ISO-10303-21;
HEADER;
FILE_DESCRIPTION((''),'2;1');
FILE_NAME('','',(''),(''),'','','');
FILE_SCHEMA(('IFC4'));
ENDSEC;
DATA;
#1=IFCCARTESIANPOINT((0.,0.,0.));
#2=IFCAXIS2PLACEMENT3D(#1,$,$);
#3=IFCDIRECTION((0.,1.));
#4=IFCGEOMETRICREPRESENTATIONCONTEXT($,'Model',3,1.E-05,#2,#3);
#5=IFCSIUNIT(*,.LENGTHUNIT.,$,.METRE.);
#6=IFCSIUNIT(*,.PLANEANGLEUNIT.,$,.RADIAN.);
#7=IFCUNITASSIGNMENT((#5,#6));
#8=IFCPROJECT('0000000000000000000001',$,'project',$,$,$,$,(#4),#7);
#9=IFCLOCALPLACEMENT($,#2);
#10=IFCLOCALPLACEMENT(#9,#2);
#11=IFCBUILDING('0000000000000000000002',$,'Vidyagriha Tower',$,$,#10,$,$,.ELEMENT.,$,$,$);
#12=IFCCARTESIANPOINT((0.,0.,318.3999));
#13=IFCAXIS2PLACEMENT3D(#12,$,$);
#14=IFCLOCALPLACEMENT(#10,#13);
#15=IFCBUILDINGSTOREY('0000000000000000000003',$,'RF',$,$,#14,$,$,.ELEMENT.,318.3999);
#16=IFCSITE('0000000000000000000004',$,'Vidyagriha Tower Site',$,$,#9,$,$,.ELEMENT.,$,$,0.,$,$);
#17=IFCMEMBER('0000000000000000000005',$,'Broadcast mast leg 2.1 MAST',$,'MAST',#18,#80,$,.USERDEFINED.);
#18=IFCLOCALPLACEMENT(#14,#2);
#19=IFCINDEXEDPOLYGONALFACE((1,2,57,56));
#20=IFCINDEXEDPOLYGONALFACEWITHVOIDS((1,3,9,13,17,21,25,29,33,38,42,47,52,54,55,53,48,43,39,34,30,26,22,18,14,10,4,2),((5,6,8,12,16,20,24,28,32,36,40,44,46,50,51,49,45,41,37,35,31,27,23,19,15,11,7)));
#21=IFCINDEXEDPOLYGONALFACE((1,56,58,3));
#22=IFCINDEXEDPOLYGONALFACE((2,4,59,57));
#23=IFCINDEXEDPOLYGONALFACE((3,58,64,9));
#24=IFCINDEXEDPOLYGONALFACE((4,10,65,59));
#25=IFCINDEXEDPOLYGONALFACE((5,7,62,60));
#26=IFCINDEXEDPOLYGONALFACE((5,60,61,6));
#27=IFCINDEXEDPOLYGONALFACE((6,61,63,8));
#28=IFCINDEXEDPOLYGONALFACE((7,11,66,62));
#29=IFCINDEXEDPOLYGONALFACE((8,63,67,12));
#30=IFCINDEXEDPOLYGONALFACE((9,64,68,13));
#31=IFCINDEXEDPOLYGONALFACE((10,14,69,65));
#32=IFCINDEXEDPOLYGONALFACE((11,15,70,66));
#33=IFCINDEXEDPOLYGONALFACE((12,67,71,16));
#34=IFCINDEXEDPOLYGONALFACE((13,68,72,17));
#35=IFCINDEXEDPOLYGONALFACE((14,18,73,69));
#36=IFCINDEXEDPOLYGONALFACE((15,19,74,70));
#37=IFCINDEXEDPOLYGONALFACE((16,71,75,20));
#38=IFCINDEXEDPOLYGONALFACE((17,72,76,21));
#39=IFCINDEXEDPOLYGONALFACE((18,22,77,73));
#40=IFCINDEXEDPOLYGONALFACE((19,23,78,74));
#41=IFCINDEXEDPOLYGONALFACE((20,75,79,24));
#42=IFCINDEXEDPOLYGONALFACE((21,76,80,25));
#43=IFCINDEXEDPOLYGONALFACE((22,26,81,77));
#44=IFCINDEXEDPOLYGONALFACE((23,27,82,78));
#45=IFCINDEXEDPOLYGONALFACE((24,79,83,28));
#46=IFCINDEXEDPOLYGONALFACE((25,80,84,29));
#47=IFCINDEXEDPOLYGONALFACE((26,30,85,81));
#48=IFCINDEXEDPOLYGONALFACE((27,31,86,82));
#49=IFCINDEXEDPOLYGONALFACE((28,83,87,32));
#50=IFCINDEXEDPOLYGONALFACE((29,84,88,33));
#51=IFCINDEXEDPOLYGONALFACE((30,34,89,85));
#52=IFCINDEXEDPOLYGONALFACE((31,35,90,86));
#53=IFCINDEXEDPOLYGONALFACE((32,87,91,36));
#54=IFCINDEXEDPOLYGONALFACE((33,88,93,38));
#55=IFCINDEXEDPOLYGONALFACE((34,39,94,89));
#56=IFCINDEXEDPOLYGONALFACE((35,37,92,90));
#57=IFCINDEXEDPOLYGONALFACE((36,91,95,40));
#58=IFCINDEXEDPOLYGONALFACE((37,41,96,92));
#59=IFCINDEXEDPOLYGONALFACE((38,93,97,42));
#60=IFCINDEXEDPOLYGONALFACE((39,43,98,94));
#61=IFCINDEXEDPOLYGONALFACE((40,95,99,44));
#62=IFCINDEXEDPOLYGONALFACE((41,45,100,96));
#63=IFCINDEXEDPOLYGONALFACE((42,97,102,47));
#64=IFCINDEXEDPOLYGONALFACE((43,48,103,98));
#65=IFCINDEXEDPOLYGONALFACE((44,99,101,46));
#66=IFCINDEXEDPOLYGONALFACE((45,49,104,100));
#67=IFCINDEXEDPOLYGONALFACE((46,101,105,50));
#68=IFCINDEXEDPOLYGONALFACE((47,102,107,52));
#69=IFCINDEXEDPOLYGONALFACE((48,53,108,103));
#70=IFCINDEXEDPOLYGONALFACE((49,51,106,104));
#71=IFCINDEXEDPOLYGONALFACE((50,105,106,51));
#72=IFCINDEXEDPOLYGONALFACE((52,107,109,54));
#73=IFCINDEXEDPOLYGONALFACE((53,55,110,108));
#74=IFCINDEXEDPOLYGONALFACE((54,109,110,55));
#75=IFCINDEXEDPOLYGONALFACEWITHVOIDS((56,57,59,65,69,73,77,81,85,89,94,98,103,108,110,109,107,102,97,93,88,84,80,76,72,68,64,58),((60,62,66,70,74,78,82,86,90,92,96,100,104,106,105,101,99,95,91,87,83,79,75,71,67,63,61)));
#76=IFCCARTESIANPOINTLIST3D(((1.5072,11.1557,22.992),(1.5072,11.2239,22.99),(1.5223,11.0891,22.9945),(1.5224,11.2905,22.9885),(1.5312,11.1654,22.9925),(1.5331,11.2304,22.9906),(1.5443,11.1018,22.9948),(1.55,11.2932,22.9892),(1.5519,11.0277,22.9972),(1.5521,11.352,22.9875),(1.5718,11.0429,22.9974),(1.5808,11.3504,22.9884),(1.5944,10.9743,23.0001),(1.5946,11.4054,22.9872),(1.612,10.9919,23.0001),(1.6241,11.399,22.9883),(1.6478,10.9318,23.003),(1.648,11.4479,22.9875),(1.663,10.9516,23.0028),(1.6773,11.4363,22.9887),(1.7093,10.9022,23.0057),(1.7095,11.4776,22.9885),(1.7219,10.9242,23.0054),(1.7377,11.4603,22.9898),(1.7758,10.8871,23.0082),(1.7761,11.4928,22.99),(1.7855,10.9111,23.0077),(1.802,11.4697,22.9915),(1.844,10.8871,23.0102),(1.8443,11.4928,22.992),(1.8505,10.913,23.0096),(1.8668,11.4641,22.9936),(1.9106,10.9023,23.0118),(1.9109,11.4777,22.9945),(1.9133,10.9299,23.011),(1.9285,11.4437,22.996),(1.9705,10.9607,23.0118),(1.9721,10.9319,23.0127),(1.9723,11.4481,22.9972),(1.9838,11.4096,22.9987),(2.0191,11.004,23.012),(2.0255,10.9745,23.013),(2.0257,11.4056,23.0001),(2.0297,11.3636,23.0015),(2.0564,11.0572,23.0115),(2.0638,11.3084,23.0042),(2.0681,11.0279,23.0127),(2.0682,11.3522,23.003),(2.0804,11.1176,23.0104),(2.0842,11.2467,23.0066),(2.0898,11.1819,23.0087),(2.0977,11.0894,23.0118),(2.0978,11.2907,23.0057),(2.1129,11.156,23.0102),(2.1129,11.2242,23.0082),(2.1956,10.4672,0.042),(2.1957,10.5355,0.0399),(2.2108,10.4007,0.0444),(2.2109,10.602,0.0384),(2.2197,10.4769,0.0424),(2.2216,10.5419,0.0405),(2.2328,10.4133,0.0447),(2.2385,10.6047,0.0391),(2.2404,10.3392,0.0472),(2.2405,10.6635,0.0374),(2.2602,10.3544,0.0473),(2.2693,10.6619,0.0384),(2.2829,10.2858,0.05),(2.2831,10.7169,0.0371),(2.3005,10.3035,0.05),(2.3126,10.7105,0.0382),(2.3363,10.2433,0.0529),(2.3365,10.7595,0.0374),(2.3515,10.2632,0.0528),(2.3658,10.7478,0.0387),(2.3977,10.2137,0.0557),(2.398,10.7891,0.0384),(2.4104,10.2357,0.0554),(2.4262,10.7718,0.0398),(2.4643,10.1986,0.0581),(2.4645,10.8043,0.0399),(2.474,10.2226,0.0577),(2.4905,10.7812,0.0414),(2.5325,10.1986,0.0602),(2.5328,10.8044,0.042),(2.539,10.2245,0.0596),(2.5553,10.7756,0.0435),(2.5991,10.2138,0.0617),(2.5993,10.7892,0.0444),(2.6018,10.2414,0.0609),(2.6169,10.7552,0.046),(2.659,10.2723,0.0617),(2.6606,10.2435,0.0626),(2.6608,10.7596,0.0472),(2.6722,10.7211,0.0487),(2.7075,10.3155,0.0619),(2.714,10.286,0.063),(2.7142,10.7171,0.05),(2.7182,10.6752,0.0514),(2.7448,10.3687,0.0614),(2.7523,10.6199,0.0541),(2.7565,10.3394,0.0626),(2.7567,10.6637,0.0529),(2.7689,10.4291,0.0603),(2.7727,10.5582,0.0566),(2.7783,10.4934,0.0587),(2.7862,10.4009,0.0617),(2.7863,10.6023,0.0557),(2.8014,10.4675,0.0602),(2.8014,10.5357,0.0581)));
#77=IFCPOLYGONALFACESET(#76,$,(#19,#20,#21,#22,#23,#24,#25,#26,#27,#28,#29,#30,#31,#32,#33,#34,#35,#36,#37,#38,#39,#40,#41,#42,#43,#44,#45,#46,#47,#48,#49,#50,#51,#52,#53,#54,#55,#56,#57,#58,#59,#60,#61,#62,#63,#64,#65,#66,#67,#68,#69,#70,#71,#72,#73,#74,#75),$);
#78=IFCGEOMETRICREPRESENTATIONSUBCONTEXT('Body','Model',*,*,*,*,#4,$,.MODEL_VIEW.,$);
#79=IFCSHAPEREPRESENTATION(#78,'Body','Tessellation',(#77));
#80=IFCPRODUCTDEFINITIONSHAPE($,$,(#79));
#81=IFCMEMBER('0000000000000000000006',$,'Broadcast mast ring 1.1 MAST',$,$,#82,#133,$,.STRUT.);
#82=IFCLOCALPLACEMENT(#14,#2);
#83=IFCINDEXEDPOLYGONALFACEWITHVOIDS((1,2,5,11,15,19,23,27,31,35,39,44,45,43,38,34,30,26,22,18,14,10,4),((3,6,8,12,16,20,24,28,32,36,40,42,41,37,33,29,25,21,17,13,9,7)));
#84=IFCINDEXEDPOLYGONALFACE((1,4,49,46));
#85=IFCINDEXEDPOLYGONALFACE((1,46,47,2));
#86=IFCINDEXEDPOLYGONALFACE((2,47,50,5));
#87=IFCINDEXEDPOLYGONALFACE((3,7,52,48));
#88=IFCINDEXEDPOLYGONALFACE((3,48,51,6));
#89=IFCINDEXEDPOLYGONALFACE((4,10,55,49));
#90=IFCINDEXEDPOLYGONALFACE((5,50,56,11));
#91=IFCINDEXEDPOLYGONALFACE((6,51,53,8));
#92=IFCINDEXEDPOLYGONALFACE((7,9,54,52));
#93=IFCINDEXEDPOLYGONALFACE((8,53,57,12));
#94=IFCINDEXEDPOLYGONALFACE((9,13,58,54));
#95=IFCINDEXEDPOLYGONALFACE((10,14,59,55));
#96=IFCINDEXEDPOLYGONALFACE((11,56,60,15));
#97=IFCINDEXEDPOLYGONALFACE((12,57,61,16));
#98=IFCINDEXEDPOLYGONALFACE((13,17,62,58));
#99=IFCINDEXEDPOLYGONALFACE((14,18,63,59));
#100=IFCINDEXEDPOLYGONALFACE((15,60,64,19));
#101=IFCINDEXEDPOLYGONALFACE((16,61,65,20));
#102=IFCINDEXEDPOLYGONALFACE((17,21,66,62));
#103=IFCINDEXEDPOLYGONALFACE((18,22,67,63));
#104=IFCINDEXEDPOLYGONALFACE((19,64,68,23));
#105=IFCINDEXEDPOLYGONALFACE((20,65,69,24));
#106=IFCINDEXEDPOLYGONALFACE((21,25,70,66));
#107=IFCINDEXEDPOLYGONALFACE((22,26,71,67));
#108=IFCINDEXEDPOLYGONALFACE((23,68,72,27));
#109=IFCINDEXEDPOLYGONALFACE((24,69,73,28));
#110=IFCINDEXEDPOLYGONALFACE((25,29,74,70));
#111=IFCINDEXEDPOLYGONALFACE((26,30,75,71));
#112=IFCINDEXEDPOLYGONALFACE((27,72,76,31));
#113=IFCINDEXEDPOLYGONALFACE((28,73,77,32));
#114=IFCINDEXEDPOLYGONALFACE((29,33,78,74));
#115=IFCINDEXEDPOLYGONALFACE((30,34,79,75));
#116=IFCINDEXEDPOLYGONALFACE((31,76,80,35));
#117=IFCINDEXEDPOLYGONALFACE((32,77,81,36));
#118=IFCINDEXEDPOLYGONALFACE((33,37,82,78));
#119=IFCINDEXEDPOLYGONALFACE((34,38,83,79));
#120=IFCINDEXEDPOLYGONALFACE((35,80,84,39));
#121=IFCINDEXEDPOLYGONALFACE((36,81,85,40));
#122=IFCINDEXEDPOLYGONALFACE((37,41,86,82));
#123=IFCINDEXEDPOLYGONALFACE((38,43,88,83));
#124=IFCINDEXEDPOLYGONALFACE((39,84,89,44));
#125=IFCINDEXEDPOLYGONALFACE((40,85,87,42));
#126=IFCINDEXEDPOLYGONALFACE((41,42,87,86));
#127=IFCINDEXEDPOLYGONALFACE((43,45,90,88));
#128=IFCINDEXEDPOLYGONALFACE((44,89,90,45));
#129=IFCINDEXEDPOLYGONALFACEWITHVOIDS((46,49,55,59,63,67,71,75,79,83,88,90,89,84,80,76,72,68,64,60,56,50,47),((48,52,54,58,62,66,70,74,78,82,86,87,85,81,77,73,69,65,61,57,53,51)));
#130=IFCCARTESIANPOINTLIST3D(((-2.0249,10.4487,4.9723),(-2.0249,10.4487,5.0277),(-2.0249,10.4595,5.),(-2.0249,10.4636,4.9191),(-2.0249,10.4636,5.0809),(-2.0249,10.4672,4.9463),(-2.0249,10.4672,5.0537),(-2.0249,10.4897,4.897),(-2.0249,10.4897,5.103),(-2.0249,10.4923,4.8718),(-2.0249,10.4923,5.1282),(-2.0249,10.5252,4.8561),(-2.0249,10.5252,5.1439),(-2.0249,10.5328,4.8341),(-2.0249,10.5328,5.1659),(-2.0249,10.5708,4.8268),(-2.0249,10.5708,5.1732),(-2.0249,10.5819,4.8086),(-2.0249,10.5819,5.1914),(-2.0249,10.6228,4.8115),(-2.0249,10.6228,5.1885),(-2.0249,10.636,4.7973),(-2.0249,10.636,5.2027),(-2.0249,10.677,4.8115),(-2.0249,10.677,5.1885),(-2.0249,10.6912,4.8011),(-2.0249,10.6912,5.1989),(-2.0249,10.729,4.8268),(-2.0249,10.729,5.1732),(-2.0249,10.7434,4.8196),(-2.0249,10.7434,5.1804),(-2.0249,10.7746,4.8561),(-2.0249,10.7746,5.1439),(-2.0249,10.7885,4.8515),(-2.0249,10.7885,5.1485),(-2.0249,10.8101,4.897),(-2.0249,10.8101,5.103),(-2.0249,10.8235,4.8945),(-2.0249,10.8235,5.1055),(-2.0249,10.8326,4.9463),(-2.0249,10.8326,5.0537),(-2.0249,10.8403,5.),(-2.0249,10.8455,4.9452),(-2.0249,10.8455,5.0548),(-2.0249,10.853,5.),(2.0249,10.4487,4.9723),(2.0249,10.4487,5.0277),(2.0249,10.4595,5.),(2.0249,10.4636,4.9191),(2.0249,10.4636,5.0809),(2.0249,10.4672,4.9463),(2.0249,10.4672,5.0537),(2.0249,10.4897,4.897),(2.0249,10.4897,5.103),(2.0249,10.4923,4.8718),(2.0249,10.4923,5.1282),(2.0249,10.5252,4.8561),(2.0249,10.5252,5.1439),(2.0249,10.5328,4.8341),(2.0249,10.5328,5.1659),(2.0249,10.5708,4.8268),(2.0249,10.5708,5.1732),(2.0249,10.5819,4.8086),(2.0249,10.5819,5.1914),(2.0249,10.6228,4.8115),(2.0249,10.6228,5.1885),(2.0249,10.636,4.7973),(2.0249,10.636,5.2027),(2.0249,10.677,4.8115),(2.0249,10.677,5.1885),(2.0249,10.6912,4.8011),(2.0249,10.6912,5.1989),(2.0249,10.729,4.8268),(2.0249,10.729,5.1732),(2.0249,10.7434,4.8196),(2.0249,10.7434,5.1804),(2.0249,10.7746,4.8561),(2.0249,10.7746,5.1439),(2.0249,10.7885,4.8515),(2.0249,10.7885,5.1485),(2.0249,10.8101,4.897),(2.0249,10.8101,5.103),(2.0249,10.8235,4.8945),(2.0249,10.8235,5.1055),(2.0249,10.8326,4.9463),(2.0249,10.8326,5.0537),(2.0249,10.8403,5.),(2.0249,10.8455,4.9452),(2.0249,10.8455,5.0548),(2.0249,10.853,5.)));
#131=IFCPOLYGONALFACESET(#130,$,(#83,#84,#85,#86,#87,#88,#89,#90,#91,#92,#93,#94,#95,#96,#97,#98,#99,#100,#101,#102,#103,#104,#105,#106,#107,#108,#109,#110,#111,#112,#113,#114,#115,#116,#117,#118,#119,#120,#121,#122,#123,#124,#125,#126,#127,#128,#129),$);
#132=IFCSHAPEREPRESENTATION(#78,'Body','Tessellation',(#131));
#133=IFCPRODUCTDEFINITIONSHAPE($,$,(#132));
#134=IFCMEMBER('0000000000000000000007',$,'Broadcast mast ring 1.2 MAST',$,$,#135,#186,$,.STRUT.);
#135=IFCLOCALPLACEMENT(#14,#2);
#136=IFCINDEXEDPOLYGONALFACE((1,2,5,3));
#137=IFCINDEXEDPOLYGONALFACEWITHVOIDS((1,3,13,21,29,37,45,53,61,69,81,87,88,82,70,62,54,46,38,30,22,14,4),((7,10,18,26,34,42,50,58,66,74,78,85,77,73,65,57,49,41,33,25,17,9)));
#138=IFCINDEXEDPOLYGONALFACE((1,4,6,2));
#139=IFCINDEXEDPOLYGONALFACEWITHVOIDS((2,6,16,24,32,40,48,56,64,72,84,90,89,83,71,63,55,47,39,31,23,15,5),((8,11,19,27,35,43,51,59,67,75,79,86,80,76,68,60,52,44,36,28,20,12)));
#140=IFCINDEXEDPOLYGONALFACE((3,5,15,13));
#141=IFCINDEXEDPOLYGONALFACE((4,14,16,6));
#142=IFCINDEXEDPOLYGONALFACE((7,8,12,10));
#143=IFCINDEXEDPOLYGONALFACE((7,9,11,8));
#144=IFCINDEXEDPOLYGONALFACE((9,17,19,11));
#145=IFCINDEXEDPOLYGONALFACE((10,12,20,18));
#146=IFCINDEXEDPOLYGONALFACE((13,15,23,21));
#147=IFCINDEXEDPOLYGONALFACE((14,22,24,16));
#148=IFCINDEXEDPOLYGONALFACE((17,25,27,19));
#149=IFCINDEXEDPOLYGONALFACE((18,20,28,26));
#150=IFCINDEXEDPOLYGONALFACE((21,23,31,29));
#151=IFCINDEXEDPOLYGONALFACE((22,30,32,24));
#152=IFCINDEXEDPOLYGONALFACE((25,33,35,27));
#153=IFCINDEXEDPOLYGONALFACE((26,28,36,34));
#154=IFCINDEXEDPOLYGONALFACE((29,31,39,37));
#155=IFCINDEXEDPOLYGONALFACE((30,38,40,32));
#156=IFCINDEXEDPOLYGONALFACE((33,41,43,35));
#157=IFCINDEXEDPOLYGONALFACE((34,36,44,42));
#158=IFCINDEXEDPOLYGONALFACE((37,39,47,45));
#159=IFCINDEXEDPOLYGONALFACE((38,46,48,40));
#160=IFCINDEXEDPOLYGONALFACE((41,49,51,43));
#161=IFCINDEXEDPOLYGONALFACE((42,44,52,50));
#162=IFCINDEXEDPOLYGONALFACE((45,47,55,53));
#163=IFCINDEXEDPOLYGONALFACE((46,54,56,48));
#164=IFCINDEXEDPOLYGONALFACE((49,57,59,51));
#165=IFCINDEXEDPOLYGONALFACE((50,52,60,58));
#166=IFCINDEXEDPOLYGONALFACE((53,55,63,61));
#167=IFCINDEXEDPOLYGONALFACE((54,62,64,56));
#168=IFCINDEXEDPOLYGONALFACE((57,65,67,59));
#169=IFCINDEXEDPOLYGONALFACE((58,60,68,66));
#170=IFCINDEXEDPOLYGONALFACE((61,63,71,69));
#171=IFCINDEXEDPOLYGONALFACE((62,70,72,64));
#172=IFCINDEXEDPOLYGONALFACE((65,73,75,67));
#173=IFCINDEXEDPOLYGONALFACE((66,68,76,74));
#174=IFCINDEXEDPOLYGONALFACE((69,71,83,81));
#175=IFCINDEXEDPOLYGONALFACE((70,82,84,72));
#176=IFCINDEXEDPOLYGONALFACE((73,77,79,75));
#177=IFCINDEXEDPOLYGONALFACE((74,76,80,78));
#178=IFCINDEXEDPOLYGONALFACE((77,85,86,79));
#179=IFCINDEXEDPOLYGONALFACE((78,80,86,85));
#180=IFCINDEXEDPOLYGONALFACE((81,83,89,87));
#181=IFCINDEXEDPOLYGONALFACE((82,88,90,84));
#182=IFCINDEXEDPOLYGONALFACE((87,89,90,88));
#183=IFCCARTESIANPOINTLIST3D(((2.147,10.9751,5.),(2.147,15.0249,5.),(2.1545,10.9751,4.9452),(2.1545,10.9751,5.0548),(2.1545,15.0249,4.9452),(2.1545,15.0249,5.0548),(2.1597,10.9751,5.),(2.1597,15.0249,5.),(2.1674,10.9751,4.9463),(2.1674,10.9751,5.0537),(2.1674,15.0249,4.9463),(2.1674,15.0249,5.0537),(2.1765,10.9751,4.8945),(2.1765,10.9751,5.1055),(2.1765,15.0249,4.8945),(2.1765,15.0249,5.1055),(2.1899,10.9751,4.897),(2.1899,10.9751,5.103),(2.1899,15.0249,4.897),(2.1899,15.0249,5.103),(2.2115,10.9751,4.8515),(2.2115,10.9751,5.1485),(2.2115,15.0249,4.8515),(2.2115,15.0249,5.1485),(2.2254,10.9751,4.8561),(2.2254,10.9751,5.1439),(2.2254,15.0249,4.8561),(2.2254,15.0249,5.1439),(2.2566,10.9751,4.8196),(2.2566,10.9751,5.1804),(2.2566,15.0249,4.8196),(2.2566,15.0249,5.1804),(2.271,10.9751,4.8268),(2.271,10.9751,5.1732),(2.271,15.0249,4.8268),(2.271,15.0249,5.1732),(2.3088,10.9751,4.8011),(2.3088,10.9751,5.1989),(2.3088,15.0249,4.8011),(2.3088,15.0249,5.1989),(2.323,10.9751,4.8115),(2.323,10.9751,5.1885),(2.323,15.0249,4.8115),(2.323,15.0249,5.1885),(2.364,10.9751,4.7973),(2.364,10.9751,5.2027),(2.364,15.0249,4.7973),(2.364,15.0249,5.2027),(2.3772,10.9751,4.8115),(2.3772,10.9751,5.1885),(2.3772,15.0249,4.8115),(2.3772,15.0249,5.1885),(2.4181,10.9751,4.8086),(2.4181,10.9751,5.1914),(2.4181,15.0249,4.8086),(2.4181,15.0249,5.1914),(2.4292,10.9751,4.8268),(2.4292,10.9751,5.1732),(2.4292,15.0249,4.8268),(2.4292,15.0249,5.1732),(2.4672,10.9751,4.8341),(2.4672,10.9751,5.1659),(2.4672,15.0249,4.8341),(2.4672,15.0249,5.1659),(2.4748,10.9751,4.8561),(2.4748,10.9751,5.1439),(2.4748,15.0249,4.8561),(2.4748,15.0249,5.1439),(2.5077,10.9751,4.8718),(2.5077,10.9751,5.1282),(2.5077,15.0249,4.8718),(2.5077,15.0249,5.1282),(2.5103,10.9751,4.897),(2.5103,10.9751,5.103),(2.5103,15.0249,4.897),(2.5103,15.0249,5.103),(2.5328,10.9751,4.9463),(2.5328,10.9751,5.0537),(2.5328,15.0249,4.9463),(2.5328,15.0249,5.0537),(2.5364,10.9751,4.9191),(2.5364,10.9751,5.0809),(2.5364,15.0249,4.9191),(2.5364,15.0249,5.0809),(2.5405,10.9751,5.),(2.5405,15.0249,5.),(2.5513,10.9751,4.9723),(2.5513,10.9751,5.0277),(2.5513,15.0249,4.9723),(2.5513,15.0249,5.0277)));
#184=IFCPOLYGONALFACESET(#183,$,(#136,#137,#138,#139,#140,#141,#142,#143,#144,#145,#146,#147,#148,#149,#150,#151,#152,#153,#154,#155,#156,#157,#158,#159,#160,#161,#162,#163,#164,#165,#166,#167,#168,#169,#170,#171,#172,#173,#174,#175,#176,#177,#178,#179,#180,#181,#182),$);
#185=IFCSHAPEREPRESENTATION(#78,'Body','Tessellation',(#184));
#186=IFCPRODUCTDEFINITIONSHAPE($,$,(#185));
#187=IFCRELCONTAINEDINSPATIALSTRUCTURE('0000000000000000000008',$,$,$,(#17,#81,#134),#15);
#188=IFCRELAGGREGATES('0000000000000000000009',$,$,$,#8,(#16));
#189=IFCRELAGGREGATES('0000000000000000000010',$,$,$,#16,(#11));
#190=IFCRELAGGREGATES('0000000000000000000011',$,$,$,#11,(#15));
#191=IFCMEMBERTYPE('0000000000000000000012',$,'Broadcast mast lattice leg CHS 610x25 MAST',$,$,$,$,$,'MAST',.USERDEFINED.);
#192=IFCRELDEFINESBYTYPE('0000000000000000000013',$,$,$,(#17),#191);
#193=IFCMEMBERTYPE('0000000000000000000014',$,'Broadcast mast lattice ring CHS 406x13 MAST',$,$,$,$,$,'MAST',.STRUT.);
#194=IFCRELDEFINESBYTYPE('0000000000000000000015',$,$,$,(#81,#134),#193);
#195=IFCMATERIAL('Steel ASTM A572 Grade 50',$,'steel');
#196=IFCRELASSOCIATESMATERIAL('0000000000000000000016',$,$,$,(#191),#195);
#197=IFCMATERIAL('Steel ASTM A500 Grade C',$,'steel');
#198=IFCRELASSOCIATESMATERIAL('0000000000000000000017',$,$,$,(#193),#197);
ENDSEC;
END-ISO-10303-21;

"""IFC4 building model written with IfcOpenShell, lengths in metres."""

from ifc_helpers import new_model, si_unit, direction, frame, origin, origin_2d, place, context, subcontext, project, spatial, hollow_circle, extrude, material, material_profile, profile_set, type_object, element, save


model = new_model("IFC4")

# Units and contexts
model_context = context("Model", 3, precision=1e-05, world=origin(), true_north=direction((0.0, 1.0)))
body_context = subcontext(model_context, "Body", "Model", "MODEL_VIEW")
ifc_project = project(units=[si_unit("LENGTHUNIT", "METRE"), si_unit("PLANEANGLEUNIT", "RADIAN")], contexts=[model_context])

# Site, building, storey
site_placement = place(None, origin())
site = spatial("IfcSite", under=ifc_project, at=site_placement, Name="Vidyagriha Tower Site", CompositionType="ELEMENT", RefElevation=0.0)
building_placement = place(site_placement, origin())
building = spatial("IfcBuilding", under=site, at=building_placement, Name="Vidyagriha Tower", CompositionType="ELEMENT")
storey_placement = place(building_placement, frame((0.0, 0.0, 318.3999)))
storey = spatial("IfcBuildingStorey", under=building, at=storey_placement, Name="RF", CompositionType="ELEMENT", Elevation=318.3999)

# Members
ifc_material_1 = material(Name="Steel ASTM A572 Grade 50", Category="steel")
ifc_material_profile_1 = material_profile(ifc_material_1, hollow_circle(Radius=0.3049, WallThickness=0.0249, at=origin_2d()), Name="Broadcast mast lattice leg CHS 610x25 MAST")
ifc_profile_set_1 = profile_set([ifc_material_profile_1], Name="Steel ASTM A572 Grade 50")
member_type_1 = type_object("IfcMemberType", Name="Broadcast mast lattice leg CHS 610x25 MAST", ElementType="MAST", PredefinedType="USERDEFINED", material=ifc_profile_set_1)
for number, where, z_axis, x_axis, name in (
    (1, (2.4985, 10.5015, 0.05), (-0.029972, 0.029972, 0.999101), (-0.707107, -0.707107, 0.0), "Broadcast mast leg 2.1 MAST"),
):
    element("IfcMember", number, at=place(storey_placement, frame(where, z_axis=z_axis, x_axis=x_axis)), inside=storey, type_object=member_type_1, Name=name, ObjectType="MAST", PredefinedType="USERDEFINED", context=body_context, shape_type="SweptSolid", body=[
        extrude(hollow_circle(Radius=0.3049, WallThickness=0.0249, at=origin_2d()), origin(), (0.0, 0.0, 1.0), 22.9707),
    ])
ifc_material_2 = material(Name="Steel ASTM A500 Grade C", Category="steel")
ifc_material_profile_2 = material_profile(ifc_material_2, hollow_circle(Radius=0.2031, WallThickness=0.0127, at=origin_2d()), Name="Broadcast mast lattice ring CHS 406x13 MAST")
ifc_profile_set_2 = profile_set([ifc_material_profile_2], Name="Steel ASTM A500 Grade C")
member_type_2 = type_object("IfcMemberType", Name="Broadcast mast lattice ring CHS 406x13 MAST", ElementType="MAST", PredefinedType="STRUT", material=ifc_profile_set_2)
for number, where, z_axis, x_axis, name in (
    (2, (-2.0249, 10.6499, 5.0), (1.0, 0.0, 0.0), (0.0, 1.0, 0.0), "Broadcast mast ring 1.1 MAST"),
    (3, (2.3501, 10.9751, 5.0), (0.0, 1.0, 0.0), (-1.0, 0.0, 0.0), "Broadcast mast ring 1.2 MAST"),
):
    element("IfcMember", number, at=place(storey_placement, frame(where, z_axis=z_axis, x_axis=x_axis)), inside=storey, type_object=member_type_2, Name=name, PredefinedType="STRUT", context=body_context, shape_type="SweptSolid", body=[
        extrude(hollow_circle(Radius=0.2031, WallThickness=0.0127, at=origin_2d()), origin(), (0.0, 0.0, 1.0), 4.0498),
    ])

save(model, "model.ifc")
